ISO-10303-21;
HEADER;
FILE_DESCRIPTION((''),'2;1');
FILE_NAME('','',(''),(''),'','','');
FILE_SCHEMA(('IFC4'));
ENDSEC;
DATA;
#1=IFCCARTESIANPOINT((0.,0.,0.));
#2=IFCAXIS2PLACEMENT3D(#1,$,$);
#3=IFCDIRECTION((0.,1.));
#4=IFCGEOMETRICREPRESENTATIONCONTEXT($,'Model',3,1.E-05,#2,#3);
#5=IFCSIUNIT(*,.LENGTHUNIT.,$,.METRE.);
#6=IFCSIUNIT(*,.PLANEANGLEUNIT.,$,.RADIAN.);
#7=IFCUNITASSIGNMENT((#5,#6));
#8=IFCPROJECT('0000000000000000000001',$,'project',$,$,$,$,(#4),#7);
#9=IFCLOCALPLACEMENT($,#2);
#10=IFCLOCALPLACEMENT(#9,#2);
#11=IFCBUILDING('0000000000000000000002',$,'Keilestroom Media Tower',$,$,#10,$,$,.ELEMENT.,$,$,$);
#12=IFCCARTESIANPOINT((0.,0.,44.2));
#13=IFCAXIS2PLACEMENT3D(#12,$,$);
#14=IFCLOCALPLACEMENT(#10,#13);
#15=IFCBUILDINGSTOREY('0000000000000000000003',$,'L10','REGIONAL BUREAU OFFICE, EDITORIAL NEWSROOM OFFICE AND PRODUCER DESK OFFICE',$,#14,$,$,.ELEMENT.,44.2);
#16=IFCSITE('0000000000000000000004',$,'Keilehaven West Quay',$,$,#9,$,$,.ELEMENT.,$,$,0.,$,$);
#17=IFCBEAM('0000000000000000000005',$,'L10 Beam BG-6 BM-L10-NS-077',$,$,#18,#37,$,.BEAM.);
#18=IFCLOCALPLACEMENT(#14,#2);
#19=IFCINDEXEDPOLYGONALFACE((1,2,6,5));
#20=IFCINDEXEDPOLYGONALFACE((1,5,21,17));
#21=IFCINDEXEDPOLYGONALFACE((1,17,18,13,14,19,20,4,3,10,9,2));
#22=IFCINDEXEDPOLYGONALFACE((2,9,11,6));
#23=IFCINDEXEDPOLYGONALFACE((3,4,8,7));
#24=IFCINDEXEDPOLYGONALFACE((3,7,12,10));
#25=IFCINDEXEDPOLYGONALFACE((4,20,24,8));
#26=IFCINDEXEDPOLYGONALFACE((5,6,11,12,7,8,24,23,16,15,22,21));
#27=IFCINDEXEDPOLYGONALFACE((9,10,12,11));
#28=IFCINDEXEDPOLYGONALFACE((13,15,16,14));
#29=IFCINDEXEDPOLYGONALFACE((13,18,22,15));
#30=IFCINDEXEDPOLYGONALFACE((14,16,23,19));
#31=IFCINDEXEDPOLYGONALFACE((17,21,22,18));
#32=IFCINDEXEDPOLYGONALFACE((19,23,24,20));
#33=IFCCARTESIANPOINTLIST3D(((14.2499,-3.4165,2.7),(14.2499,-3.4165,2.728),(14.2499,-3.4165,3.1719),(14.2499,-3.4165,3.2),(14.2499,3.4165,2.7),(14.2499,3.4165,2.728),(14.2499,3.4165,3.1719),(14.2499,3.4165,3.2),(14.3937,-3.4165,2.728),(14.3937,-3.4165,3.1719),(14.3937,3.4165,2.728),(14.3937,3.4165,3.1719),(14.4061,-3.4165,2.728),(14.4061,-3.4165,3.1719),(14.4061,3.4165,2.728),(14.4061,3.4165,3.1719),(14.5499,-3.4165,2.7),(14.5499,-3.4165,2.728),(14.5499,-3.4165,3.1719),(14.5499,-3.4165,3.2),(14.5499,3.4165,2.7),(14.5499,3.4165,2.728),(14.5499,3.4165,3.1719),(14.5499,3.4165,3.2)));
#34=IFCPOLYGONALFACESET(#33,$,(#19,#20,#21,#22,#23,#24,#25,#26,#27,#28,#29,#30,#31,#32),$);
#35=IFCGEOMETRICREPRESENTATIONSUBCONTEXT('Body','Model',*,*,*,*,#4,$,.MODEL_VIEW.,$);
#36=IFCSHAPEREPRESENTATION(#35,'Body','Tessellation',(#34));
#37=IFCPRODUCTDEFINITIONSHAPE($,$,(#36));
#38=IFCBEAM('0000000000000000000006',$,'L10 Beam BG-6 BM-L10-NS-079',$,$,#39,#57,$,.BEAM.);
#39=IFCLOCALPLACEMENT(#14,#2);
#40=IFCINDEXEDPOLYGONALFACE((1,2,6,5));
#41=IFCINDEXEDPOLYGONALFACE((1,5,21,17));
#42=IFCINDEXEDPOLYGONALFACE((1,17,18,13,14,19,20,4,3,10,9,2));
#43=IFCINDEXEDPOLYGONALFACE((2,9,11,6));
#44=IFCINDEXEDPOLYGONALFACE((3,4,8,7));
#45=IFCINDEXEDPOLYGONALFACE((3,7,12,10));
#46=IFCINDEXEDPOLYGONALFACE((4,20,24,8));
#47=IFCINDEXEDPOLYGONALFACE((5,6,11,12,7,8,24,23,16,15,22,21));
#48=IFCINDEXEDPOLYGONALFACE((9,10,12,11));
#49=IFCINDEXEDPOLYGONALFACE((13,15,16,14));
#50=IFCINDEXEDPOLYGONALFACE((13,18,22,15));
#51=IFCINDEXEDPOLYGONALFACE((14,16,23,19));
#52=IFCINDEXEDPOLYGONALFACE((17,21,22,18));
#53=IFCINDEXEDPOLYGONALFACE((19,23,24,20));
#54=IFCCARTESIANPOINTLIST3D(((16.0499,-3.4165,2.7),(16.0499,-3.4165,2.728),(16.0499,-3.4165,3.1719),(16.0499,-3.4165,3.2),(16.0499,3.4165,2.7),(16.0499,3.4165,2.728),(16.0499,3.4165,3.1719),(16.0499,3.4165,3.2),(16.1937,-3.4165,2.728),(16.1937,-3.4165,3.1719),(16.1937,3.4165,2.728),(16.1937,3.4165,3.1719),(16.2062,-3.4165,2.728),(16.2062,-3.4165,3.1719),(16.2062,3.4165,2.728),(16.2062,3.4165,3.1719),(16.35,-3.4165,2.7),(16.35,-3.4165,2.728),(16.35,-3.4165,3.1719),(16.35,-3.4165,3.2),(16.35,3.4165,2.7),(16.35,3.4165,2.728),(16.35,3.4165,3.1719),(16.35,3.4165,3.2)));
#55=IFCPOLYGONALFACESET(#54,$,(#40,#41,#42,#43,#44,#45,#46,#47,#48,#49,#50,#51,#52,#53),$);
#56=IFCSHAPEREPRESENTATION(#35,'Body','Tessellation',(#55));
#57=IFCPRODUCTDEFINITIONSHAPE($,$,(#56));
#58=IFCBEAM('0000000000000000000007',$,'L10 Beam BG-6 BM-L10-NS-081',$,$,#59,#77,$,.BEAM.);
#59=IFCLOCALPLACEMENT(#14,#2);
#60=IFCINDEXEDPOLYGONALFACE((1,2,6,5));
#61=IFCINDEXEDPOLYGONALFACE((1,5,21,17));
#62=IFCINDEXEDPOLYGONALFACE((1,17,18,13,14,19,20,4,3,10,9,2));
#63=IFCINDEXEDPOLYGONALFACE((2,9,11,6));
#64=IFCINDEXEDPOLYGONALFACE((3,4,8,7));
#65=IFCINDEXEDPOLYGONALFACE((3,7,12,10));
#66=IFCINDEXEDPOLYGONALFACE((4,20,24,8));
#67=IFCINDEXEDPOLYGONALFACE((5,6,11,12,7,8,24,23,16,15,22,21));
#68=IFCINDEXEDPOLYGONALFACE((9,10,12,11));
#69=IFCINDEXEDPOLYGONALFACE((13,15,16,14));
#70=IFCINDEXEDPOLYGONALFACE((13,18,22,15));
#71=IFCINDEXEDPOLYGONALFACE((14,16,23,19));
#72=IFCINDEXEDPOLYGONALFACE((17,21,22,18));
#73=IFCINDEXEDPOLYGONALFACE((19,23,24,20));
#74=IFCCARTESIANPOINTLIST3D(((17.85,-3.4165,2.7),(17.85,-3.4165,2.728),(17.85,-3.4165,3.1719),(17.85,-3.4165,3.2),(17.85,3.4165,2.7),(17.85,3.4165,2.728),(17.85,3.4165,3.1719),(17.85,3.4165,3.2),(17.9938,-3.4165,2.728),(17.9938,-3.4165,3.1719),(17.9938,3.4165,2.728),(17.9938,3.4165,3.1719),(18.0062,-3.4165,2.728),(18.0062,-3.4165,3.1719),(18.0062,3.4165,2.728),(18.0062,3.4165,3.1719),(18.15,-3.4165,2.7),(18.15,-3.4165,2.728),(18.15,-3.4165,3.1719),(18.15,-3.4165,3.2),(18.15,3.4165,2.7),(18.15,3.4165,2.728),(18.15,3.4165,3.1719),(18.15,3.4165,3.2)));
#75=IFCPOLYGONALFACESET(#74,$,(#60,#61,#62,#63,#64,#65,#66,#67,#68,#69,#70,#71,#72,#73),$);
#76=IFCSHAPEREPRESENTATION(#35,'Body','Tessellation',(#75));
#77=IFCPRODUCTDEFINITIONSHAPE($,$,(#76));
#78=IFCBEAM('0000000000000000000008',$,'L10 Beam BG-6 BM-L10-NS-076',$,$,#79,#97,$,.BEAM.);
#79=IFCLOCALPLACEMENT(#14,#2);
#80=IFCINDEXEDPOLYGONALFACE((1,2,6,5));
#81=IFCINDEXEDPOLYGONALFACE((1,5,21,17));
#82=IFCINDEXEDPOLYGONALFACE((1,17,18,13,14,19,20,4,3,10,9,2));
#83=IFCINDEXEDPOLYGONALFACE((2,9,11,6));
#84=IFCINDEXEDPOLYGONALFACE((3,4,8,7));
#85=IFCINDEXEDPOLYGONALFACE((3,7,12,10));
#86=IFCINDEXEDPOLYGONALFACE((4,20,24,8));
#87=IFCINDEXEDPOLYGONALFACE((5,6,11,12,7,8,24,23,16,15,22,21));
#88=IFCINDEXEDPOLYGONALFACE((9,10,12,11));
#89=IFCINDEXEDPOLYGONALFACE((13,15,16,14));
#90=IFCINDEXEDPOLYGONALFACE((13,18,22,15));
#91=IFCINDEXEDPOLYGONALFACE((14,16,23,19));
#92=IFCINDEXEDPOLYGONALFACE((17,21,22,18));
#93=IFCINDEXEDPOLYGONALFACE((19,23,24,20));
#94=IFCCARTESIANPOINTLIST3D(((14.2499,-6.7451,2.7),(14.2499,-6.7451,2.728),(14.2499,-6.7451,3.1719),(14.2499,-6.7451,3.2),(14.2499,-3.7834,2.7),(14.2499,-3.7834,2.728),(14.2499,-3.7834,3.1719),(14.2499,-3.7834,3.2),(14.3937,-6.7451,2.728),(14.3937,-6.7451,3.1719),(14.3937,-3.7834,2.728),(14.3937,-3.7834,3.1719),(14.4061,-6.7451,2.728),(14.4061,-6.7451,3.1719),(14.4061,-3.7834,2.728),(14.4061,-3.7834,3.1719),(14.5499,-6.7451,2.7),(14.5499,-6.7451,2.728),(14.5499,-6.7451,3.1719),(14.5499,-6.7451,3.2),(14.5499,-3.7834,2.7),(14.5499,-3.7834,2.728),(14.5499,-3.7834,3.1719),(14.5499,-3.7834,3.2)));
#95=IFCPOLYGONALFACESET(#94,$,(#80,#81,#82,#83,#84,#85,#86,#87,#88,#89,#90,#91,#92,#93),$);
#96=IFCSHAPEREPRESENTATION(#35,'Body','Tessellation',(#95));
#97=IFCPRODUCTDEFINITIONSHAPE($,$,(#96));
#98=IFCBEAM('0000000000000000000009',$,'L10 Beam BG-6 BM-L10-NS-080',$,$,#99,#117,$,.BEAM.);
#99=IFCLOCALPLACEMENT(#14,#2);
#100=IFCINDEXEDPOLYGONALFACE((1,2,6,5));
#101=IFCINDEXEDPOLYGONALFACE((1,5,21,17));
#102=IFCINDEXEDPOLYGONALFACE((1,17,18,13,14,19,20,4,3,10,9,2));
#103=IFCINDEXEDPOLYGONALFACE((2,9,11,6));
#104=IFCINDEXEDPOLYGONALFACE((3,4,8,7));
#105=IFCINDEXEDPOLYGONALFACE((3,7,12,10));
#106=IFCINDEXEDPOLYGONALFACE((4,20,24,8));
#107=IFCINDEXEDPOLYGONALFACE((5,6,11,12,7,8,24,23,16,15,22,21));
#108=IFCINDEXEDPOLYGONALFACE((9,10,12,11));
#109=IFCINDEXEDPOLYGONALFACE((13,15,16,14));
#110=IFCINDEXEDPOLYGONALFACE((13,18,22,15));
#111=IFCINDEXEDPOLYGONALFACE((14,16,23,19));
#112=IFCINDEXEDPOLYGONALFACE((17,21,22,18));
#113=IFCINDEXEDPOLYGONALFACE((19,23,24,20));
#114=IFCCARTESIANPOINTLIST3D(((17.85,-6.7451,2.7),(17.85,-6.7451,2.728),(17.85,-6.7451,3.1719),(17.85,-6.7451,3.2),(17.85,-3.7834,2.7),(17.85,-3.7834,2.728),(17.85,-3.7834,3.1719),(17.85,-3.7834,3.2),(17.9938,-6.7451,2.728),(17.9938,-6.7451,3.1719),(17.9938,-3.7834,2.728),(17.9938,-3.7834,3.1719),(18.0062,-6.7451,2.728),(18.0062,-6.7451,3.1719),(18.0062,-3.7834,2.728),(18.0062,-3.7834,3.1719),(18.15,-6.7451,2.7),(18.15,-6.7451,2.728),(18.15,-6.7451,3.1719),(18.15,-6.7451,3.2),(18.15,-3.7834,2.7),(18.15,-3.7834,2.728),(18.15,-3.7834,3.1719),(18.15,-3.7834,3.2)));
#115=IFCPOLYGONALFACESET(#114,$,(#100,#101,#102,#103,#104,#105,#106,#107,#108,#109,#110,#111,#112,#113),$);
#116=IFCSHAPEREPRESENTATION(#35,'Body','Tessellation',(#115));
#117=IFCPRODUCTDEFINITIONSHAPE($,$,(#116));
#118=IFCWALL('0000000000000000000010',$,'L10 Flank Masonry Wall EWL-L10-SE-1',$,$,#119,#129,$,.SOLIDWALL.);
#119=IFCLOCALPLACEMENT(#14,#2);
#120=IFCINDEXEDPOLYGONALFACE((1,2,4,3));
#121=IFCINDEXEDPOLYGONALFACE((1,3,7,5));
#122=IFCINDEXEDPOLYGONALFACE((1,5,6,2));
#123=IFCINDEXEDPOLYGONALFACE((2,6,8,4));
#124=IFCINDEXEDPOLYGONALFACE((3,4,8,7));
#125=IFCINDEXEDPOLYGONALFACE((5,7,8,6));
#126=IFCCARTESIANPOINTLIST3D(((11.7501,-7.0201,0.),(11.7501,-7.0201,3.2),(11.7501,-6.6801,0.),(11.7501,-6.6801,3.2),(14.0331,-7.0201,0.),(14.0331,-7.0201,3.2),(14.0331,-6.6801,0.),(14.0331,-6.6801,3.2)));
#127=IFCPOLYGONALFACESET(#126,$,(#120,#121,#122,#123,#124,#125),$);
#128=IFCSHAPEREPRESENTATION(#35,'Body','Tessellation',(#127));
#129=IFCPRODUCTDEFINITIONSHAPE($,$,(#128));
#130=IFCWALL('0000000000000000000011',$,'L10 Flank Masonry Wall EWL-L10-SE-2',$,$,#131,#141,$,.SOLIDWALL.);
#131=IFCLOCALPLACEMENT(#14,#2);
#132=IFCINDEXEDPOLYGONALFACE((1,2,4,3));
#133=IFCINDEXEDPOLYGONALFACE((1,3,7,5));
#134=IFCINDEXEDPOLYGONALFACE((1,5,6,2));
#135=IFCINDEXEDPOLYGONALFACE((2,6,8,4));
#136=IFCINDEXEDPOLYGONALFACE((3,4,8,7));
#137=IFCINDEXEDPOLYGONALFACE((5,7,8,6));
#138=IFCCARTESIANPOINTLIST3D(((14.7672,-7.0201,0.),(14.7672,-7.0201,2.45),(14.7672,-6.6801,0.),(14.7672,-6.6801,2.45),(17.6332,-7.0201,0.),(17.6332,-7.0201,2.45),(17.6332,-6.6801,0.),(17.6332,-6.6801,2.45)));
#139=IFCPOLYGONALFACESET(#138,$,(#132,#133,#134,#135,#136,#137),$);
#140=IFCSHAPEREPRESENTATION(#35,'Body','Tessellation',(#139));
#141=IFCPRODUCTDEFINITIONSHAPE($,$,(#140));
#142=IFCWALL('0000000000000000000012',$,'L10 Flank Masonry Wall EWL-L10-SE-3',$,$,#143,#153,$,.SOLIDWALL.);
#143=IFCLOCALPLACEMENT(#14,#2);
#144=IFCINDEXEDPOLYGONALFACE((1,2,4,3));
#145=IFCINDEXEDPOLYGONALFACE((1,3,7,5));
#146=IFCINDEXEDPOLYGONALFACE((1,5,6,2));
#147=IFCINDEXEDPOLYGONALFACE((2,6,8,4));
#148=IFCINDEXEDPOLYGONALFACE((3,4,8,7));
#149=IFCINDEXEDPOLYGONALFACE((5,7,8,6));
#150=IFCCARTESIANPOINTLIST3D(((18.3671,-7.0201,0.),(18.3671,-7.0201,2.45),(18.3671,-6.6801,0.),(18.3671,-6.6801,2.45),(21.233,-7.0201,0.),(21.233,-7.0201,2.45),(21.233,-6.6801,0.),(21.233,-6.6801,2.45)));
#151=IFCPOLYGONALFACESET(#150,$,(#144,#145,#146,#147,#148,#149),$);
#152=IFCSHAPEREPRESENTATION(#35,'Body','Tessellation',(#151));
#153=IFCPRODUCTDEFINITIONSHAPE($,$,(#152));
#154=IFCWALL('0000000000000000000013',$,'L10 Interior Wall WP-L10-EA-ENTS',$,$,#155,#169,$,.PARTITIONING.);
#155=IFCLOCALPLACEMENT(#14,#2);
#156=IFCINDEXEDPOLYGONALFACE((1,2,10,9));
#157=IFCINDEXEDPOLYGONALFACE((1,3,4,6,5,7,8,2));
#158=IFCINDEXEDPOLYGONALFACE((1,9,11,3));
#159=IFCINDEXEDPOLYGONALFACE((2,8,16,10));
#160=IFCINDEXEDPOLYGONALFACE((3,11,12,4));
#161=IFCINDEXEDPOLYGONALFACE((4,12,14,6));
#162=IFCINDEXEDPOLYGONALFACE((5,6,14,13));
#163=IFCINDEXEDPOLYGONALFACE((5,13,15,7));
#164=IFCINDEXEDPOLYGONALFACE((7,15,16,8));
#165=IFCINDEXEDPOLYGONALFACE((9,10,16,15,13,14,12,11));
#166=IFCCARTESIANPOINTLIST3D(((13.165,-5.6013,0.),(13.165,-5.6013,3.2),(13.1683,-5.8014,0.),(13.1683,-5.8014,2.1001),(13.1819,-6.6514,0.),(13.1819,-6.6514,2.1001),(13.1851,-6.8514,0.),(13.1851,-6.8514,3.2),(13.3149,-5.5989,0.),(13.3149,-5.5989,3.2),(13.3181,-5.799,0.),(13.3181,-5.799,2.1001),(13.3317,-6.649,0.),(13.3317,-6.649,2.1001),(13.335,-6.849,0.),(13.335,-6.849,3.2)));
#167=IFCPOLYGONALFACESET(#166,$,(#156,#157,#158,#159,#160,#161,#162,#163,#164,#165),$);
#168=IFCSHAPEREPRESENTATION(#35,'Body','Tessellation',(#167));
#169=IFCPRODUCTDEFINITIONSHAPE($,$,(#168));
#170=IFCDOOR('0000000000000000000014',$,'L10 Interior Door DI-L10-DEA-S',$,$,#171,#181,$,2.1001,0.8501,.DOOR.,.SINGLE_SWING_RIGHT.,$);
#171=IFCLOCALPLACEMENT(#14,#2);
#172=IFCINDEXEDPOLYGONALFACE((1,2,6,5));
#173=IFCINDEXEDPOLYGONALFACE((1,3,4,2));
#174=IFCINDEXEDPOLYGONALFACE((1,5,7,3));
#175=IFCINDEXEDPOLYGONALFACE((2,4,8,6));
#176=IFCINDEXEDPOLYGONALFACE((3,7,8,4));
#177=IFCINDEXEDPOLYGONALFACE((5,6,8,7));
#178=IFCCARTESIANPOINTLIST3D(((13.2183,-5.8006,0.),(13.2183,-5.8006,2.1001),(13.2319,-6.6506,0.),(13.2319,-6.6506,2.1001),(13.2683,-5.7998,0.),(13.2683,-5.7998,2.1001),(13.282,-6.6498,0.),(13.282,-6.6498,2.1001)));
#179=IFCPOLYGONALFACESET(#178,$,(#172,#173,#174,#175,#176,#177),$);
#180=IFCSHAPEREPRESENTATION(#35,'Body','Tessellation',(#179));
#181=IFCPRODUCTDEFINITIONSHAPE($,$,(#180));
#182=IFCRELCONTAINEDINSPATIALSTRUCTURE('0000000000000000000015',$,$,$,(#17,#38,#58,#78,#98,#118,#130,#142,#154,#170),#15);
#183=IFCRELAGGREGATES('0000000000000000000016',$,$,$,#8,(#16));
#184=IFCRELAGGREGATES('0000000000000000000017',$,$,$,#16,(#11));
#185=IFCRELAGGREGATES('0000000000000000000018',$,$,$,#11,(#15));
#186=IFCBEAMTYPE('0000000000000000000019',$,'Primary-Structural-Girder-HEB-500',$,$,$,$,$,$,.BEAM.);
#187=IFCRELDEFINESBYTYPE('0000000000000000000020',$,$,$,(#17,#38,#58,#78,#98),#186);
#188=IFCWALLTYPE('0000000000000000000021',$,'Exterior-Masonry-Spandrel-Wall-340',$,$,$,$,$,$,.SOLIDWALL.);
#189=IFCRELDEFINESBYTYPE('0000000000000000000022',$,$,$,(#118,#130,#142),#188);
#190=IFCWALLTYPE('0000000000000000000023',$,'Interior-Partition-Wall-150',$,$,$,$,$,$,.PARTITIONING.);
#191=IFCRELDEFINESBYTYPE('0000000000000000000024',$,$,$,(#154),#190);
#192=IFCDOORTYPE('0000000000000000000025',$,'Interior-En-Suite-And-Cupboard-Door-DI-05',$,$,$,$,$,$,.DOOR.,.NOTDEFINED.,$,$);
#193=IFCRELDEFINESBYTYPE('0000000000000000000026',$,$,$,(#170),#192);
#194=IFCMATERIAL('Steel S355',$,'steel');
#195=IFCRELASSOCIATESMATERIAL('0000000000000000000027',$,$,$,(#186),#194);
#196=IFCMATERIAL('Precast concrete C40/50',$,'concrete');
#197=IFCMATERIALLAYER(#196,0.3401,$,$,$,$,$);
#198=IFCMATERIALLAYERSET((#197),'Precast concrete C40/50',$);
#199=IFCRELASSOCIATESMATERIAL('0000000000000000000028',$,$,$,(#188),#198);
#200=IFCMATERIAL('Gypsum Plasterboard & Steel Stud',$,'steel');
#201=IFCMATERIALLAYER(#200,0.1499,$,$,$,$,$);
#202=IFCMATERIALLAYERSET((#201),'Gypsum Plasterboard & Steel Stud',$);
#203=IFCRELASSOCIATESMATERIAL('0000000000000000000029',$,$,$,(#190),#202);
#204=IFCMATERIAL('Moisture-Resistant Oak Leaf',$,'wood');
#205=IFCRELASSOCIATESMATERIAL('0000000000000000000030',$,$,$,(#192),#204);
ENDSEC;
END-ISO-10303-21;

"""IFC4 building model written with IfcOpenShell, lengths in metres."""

from ifc_helpers import new_model, si_unit, direction, frame, frame_2d, origin, origin_2d, place, context, subcontext, project, spatial, rectangle, i_section, extrude, source, transform, mapped, material, layer, layer_set, material_profile, profile_set, type_object, element, fill, save


model = new_model("IFC4")

# Units and contexts
model_context = context("Model", 3, precision=1e-05, world=origin(), true_north=direction((0.0, 1.0)))
body_context = subcontext(model_context, "Body", "Model", "MODEL_VIEW")
ifc_project = project(units=[si_unit("LENGTHUNIT", "METRE"), si_unit("PLANEANGLEUNIT", "RADIAN")], contexts=[model_context])

# Site, building, storey
site_placement = place(None, origin())
site = spatial("IfcSite", under=ifc_project, at=site_placement, Name="Keilehaven West Quay", CompositionType="ELEMENT", RefElevation=0.0)
building_placement = place(site_placement, origin())
building = spatial("IfcBuilding", under=site, at=building_placement, Name="Keilestroom Media Tower", CompositionType="ELEMENT")
storey_placement = place(building_placement, frame((0.0, 0.0, 44.2)))
storey = spatial("IfcBuildingStorey", under=building, at=storey_placement, Name="L10", Description="REGIONAL BUREAU OFFICE, EDITORIAL NEWSROOM OFFICE AND PRODUCER DESK OFFICE", CompositionType="ELEMENT", Elevation=44.2)

# Shared definitions
ifc_material_1 = material(Name="Precast concrete C40/50", Category="concrete")

# Beams
ifc_material_2 = material(Name="Steel S355", Category="steel")
ifc_material_profile_1 = material_profile(ifc_material_2, i_section(OverallWidth=0.3, OverallDepth=0.5, WebThickness=0.0125, FlangeThickness=0.0281, at=origin_2d()), Name="HEB 500")
ifc_profile_set_1 = profile_set([ifc_material_profile_1], Name="Steel S355")
beam_type_1 = type_object("IfcBeamType", Name="Primary-Structural-Girder-HEB-500", PredefinedType="BEAM", material=ifc_profile_set_1)
shared_shape_1 = source(origin(), body_context, "Body", "SweptSolid", [
    extrude(i_section(OverallWidth=0.3, OverallDepth=0.5, WebThickness=0.0125, FlangeThickness=0.0281, at=origin_2d()), origin(), (0.0, 0.0, 1.0), 6.833),
])
for number, where, z_axis, x_axis, name in (
    (1, (14.3999, -3.4165, 2.95), (0.0, 1.0, 0.0), (-1.0, 0.0, 0.0), "L10 Beam BG-6 BM-L10-NS-077"),
    (2, (16.2, -3.4165, 2.95), (0.0, 1.0, 0.0), (-1.0, 0.0, 0.0), "L10 Beam BG-6 BM-L10-NS-079"),
    (3, (18.0, -3.4165, 2.95), (0.0, 1.0, 0.0), (-1.0, 0.0, 0.0), "L10 Beam BG-6 BM-L10-NS-081"),
):
    element("IfcBeam", number, at=place(storey_placement, frame(where, z_axis=z_axis, x_axis=x_axis)), inside=storey, type_object=beam_type_1, Name=name, PredefinedType="BEAM", context=body_context, shape_type="MappedRepresentation", body=[
        mapped(shared_shape_1, transform((0.0, 0.0, 0.0), x_axis=(1.0, 0.0, 0.0), y_axis=(0.0, 1.0, 0.0), z_axis=(0.0, 0.0, 1.0), scale=1.0)),
    ])
shared_shape_2 = source(origin(), body_context, "Body", "SweptSolid", [
    extrude(i_section(OverallWidth=0.3, OverallDepth=0.5, WebThickness=0.0125, FlangeThickness=0.0281, at=origin_2d()), origin(), (0.0, 0.0, 1.0), 2.9617),
])
for number, where, z_axis, x_axis, name in (
    (4, (14.3999, -6.7451, 2.95), (0.0, 1.0, 0.0), (-1.0, 0.0, 0.0), "L10 Beam BG-6 BM-L10-NS-076"),
    (5, (18.0, -6.7451, 2.95), (0.0, 1.0, 0.0), (-1.0, 0.0, 0.0), "L10 Beam BG-6 BM-L10-NS-080"),
):
    element("IfcBeam", number, at=place(storey_placement, frame(where, z_axis=z_axis, x_axis=x_axis)), inside=storey, type_object=beam_type_1, Name=name, PredefinedType="BEAM", context=body_context, shape_type="MappedRepresentation", body=[
        mapped(shared_shape_2, transform((0.0, 0.0, 0.0), x_axis=(1.0, 0.0, 0.0), y_axis=(0.0, 1.0, 0.0), z_axis=(0.0, 0.0, 1.0), scale=1.0)),
    ])

# Walls
ifc_layer_1 = layer(ifc_material_1, 0.3401)
ifc_layer_set_1 = layer_set([ifc_layer_1], Name="Precast concrete C40/50")
wall_type_1 = type_object("IfcWallType", Name="Exterior-Masonry-Spandrel-Wall-340", PredefinedType="SOLIDWALL", material=ifc_layer_set_1)
wall_1_placement = place(storey_placement, frame((11.75, -6.8501, 0.0), z_axis=(0.0, 0.0, 1.0), x_axis=(1.0, 0.0, 0.0)))
element("IfcWall", 6, at=wall_1_placement, inside=storey, type_object=wall_type_1, Name="L10 Flank Masonry Wall EWL-L10-SE-1", PredefinedType="SOLIDWALL", context=body_context, shape_type="SweptSolid", body=[
    extrude(rectangle(XDim=2.283, YDim=0.3401, at=frame_2d((1.1416, 0.0))), origin(), (0.0, 0.0, 1.0), 3.2),
])
for number, where, z_axis, x_axis, name in (
    (7, (14.7671, -6.8501, 0.0), (0.0, 0.0, 1.0), (1.0, 0.0, 0.0), "L10 Flank Masonry Wall EWL-L10-SE-2"),
    (8, (18.3669, -6.8501, 0.0), (0.0, 0.0, 1.0), (1.0, 0.0, 0.0), "L10 Flank Masonry Wall EWL-L10-SE-3"),
):
    element("IfcWall", number, at=place(storey_placement, frame(where, z_axis=z_axis, x_axis=x_axis)), inside=storey, type_object=wall_type_1, Name=name, PredefinedType="SOLIDWALL", context=body_context, shape_type="SweptSolid", body=[
        extrude(rectangle(XDim=2.866, YDim=0.3401, at=frame_2d((1.4331, 0.0))), origin(), (0.0, 0.0, 1.0), 2.45),
    ])

# Wall, opening, door
ifc_material_3 = material(Name="Gypsum Plasterboard & Steel Stud", Category="steel")
ifc_layer_2 = layer(ifc_material_3, 0.1499)
ifc_layer_set_2 = layer_set([ifc_layer_2], Name="Gypsum Plasterboard & Steel Stud")
wall_type_2 = type_object("IfcWallType", Name="Interior-Partition-Wall-150", PredefinedType="PARTITIONING", material=ifc_layer_set_2)
wall_2_placement = place(storey_placement, frame((13.26, -6.8501, 0.0), z_axis=(0.0, 0.0, 1.0), x_axis=(-0.016014, 0.999872, 0.0)))
wall_2 = element("IfcWall", 9, at=wall_2_placement, inside=storey, type_object=wall_type_2, Name="L10 Interior Wall WP-L10-EA-ENTS", PredefinedType="PARTITIONING", context=body_context, shape_type="SweptSolid", body=[
    extrude(rectangle(XDim=1.2502, YDim=0.1499, at=frame_2d((0.625, 0.0))), origin(), (0.0, 0.0, 1.0), 3.2),
])
opening_1_placement = place(wall_2_placement, frame((0.2, 0.0, 0.0)))
opening_1 = element("IfcOpeningElement", 10, at=opening_1_placement, cuts=wall_2, PredefinedType="OPENING", context=body_context, shape_type="SweptSolid", body=[
    extrude(rectangle(XDim=0.8501, YDim=2.1001, at=frame_2d((0.425, 1.05))), frame((0.0, 0.085, 0.0), z_axis=(0.0, -1.0, 0.0), x_axis=(1.0, 0.0, 0.0)), (0.0, 0.0, 1.0), 0.1699),
])
ifc_material_4 = material(Name="Moisture-Resistant Oak Leaf", Category="wood")
door_type_1 = type_object("IfcDoorType", Name="Interior-En-Suite-And-Cupboard-Door-DI-05", OperationType="NOTDEFINED", PredefinedType="DOOR", material=ifc_material_4)
shared_shape_3 = source(origin(), body_context, "Body", "SweptSolid", [
    extrude(rectangle(XDim=0.8501, YDim=2.1001, at=frame_2d((0.425, 1.05))), frame((0.0, 0.0249, 0.0), z_axis=(0.0, -1.0, 0.0), x_axis=(1.0, 0.0, 0.0)), (0.0, 0.0, 1.0), 0.05),
])
door_1_placement = place(opening_1_placement, origin())
door_1 = element("IfcDoor", 11, at=door_1_placement, inside=storey, type_object=door_type_1, Name="L10 Interior Door DI-L10-DEA-S", OperationType="SINGLE_SWING_RIGHT", OverallHeight=2.1001, OverallWidth=0.8501, PredefinedType="DOOR", context=body_context, shape_type="MappedRepresentation", body=[
    mapped(shared_shape_3, transform((0.0, 0.0, 0.0), x_axis=(1.0, 0.0, 0.0), y_axis=(0.0, 1.0, 0.0), z_axis=(0.0, 0.0, 1.0), scale=1.0)),
])
fill(opening_1, door_1)

save(model, "model.ifc")
